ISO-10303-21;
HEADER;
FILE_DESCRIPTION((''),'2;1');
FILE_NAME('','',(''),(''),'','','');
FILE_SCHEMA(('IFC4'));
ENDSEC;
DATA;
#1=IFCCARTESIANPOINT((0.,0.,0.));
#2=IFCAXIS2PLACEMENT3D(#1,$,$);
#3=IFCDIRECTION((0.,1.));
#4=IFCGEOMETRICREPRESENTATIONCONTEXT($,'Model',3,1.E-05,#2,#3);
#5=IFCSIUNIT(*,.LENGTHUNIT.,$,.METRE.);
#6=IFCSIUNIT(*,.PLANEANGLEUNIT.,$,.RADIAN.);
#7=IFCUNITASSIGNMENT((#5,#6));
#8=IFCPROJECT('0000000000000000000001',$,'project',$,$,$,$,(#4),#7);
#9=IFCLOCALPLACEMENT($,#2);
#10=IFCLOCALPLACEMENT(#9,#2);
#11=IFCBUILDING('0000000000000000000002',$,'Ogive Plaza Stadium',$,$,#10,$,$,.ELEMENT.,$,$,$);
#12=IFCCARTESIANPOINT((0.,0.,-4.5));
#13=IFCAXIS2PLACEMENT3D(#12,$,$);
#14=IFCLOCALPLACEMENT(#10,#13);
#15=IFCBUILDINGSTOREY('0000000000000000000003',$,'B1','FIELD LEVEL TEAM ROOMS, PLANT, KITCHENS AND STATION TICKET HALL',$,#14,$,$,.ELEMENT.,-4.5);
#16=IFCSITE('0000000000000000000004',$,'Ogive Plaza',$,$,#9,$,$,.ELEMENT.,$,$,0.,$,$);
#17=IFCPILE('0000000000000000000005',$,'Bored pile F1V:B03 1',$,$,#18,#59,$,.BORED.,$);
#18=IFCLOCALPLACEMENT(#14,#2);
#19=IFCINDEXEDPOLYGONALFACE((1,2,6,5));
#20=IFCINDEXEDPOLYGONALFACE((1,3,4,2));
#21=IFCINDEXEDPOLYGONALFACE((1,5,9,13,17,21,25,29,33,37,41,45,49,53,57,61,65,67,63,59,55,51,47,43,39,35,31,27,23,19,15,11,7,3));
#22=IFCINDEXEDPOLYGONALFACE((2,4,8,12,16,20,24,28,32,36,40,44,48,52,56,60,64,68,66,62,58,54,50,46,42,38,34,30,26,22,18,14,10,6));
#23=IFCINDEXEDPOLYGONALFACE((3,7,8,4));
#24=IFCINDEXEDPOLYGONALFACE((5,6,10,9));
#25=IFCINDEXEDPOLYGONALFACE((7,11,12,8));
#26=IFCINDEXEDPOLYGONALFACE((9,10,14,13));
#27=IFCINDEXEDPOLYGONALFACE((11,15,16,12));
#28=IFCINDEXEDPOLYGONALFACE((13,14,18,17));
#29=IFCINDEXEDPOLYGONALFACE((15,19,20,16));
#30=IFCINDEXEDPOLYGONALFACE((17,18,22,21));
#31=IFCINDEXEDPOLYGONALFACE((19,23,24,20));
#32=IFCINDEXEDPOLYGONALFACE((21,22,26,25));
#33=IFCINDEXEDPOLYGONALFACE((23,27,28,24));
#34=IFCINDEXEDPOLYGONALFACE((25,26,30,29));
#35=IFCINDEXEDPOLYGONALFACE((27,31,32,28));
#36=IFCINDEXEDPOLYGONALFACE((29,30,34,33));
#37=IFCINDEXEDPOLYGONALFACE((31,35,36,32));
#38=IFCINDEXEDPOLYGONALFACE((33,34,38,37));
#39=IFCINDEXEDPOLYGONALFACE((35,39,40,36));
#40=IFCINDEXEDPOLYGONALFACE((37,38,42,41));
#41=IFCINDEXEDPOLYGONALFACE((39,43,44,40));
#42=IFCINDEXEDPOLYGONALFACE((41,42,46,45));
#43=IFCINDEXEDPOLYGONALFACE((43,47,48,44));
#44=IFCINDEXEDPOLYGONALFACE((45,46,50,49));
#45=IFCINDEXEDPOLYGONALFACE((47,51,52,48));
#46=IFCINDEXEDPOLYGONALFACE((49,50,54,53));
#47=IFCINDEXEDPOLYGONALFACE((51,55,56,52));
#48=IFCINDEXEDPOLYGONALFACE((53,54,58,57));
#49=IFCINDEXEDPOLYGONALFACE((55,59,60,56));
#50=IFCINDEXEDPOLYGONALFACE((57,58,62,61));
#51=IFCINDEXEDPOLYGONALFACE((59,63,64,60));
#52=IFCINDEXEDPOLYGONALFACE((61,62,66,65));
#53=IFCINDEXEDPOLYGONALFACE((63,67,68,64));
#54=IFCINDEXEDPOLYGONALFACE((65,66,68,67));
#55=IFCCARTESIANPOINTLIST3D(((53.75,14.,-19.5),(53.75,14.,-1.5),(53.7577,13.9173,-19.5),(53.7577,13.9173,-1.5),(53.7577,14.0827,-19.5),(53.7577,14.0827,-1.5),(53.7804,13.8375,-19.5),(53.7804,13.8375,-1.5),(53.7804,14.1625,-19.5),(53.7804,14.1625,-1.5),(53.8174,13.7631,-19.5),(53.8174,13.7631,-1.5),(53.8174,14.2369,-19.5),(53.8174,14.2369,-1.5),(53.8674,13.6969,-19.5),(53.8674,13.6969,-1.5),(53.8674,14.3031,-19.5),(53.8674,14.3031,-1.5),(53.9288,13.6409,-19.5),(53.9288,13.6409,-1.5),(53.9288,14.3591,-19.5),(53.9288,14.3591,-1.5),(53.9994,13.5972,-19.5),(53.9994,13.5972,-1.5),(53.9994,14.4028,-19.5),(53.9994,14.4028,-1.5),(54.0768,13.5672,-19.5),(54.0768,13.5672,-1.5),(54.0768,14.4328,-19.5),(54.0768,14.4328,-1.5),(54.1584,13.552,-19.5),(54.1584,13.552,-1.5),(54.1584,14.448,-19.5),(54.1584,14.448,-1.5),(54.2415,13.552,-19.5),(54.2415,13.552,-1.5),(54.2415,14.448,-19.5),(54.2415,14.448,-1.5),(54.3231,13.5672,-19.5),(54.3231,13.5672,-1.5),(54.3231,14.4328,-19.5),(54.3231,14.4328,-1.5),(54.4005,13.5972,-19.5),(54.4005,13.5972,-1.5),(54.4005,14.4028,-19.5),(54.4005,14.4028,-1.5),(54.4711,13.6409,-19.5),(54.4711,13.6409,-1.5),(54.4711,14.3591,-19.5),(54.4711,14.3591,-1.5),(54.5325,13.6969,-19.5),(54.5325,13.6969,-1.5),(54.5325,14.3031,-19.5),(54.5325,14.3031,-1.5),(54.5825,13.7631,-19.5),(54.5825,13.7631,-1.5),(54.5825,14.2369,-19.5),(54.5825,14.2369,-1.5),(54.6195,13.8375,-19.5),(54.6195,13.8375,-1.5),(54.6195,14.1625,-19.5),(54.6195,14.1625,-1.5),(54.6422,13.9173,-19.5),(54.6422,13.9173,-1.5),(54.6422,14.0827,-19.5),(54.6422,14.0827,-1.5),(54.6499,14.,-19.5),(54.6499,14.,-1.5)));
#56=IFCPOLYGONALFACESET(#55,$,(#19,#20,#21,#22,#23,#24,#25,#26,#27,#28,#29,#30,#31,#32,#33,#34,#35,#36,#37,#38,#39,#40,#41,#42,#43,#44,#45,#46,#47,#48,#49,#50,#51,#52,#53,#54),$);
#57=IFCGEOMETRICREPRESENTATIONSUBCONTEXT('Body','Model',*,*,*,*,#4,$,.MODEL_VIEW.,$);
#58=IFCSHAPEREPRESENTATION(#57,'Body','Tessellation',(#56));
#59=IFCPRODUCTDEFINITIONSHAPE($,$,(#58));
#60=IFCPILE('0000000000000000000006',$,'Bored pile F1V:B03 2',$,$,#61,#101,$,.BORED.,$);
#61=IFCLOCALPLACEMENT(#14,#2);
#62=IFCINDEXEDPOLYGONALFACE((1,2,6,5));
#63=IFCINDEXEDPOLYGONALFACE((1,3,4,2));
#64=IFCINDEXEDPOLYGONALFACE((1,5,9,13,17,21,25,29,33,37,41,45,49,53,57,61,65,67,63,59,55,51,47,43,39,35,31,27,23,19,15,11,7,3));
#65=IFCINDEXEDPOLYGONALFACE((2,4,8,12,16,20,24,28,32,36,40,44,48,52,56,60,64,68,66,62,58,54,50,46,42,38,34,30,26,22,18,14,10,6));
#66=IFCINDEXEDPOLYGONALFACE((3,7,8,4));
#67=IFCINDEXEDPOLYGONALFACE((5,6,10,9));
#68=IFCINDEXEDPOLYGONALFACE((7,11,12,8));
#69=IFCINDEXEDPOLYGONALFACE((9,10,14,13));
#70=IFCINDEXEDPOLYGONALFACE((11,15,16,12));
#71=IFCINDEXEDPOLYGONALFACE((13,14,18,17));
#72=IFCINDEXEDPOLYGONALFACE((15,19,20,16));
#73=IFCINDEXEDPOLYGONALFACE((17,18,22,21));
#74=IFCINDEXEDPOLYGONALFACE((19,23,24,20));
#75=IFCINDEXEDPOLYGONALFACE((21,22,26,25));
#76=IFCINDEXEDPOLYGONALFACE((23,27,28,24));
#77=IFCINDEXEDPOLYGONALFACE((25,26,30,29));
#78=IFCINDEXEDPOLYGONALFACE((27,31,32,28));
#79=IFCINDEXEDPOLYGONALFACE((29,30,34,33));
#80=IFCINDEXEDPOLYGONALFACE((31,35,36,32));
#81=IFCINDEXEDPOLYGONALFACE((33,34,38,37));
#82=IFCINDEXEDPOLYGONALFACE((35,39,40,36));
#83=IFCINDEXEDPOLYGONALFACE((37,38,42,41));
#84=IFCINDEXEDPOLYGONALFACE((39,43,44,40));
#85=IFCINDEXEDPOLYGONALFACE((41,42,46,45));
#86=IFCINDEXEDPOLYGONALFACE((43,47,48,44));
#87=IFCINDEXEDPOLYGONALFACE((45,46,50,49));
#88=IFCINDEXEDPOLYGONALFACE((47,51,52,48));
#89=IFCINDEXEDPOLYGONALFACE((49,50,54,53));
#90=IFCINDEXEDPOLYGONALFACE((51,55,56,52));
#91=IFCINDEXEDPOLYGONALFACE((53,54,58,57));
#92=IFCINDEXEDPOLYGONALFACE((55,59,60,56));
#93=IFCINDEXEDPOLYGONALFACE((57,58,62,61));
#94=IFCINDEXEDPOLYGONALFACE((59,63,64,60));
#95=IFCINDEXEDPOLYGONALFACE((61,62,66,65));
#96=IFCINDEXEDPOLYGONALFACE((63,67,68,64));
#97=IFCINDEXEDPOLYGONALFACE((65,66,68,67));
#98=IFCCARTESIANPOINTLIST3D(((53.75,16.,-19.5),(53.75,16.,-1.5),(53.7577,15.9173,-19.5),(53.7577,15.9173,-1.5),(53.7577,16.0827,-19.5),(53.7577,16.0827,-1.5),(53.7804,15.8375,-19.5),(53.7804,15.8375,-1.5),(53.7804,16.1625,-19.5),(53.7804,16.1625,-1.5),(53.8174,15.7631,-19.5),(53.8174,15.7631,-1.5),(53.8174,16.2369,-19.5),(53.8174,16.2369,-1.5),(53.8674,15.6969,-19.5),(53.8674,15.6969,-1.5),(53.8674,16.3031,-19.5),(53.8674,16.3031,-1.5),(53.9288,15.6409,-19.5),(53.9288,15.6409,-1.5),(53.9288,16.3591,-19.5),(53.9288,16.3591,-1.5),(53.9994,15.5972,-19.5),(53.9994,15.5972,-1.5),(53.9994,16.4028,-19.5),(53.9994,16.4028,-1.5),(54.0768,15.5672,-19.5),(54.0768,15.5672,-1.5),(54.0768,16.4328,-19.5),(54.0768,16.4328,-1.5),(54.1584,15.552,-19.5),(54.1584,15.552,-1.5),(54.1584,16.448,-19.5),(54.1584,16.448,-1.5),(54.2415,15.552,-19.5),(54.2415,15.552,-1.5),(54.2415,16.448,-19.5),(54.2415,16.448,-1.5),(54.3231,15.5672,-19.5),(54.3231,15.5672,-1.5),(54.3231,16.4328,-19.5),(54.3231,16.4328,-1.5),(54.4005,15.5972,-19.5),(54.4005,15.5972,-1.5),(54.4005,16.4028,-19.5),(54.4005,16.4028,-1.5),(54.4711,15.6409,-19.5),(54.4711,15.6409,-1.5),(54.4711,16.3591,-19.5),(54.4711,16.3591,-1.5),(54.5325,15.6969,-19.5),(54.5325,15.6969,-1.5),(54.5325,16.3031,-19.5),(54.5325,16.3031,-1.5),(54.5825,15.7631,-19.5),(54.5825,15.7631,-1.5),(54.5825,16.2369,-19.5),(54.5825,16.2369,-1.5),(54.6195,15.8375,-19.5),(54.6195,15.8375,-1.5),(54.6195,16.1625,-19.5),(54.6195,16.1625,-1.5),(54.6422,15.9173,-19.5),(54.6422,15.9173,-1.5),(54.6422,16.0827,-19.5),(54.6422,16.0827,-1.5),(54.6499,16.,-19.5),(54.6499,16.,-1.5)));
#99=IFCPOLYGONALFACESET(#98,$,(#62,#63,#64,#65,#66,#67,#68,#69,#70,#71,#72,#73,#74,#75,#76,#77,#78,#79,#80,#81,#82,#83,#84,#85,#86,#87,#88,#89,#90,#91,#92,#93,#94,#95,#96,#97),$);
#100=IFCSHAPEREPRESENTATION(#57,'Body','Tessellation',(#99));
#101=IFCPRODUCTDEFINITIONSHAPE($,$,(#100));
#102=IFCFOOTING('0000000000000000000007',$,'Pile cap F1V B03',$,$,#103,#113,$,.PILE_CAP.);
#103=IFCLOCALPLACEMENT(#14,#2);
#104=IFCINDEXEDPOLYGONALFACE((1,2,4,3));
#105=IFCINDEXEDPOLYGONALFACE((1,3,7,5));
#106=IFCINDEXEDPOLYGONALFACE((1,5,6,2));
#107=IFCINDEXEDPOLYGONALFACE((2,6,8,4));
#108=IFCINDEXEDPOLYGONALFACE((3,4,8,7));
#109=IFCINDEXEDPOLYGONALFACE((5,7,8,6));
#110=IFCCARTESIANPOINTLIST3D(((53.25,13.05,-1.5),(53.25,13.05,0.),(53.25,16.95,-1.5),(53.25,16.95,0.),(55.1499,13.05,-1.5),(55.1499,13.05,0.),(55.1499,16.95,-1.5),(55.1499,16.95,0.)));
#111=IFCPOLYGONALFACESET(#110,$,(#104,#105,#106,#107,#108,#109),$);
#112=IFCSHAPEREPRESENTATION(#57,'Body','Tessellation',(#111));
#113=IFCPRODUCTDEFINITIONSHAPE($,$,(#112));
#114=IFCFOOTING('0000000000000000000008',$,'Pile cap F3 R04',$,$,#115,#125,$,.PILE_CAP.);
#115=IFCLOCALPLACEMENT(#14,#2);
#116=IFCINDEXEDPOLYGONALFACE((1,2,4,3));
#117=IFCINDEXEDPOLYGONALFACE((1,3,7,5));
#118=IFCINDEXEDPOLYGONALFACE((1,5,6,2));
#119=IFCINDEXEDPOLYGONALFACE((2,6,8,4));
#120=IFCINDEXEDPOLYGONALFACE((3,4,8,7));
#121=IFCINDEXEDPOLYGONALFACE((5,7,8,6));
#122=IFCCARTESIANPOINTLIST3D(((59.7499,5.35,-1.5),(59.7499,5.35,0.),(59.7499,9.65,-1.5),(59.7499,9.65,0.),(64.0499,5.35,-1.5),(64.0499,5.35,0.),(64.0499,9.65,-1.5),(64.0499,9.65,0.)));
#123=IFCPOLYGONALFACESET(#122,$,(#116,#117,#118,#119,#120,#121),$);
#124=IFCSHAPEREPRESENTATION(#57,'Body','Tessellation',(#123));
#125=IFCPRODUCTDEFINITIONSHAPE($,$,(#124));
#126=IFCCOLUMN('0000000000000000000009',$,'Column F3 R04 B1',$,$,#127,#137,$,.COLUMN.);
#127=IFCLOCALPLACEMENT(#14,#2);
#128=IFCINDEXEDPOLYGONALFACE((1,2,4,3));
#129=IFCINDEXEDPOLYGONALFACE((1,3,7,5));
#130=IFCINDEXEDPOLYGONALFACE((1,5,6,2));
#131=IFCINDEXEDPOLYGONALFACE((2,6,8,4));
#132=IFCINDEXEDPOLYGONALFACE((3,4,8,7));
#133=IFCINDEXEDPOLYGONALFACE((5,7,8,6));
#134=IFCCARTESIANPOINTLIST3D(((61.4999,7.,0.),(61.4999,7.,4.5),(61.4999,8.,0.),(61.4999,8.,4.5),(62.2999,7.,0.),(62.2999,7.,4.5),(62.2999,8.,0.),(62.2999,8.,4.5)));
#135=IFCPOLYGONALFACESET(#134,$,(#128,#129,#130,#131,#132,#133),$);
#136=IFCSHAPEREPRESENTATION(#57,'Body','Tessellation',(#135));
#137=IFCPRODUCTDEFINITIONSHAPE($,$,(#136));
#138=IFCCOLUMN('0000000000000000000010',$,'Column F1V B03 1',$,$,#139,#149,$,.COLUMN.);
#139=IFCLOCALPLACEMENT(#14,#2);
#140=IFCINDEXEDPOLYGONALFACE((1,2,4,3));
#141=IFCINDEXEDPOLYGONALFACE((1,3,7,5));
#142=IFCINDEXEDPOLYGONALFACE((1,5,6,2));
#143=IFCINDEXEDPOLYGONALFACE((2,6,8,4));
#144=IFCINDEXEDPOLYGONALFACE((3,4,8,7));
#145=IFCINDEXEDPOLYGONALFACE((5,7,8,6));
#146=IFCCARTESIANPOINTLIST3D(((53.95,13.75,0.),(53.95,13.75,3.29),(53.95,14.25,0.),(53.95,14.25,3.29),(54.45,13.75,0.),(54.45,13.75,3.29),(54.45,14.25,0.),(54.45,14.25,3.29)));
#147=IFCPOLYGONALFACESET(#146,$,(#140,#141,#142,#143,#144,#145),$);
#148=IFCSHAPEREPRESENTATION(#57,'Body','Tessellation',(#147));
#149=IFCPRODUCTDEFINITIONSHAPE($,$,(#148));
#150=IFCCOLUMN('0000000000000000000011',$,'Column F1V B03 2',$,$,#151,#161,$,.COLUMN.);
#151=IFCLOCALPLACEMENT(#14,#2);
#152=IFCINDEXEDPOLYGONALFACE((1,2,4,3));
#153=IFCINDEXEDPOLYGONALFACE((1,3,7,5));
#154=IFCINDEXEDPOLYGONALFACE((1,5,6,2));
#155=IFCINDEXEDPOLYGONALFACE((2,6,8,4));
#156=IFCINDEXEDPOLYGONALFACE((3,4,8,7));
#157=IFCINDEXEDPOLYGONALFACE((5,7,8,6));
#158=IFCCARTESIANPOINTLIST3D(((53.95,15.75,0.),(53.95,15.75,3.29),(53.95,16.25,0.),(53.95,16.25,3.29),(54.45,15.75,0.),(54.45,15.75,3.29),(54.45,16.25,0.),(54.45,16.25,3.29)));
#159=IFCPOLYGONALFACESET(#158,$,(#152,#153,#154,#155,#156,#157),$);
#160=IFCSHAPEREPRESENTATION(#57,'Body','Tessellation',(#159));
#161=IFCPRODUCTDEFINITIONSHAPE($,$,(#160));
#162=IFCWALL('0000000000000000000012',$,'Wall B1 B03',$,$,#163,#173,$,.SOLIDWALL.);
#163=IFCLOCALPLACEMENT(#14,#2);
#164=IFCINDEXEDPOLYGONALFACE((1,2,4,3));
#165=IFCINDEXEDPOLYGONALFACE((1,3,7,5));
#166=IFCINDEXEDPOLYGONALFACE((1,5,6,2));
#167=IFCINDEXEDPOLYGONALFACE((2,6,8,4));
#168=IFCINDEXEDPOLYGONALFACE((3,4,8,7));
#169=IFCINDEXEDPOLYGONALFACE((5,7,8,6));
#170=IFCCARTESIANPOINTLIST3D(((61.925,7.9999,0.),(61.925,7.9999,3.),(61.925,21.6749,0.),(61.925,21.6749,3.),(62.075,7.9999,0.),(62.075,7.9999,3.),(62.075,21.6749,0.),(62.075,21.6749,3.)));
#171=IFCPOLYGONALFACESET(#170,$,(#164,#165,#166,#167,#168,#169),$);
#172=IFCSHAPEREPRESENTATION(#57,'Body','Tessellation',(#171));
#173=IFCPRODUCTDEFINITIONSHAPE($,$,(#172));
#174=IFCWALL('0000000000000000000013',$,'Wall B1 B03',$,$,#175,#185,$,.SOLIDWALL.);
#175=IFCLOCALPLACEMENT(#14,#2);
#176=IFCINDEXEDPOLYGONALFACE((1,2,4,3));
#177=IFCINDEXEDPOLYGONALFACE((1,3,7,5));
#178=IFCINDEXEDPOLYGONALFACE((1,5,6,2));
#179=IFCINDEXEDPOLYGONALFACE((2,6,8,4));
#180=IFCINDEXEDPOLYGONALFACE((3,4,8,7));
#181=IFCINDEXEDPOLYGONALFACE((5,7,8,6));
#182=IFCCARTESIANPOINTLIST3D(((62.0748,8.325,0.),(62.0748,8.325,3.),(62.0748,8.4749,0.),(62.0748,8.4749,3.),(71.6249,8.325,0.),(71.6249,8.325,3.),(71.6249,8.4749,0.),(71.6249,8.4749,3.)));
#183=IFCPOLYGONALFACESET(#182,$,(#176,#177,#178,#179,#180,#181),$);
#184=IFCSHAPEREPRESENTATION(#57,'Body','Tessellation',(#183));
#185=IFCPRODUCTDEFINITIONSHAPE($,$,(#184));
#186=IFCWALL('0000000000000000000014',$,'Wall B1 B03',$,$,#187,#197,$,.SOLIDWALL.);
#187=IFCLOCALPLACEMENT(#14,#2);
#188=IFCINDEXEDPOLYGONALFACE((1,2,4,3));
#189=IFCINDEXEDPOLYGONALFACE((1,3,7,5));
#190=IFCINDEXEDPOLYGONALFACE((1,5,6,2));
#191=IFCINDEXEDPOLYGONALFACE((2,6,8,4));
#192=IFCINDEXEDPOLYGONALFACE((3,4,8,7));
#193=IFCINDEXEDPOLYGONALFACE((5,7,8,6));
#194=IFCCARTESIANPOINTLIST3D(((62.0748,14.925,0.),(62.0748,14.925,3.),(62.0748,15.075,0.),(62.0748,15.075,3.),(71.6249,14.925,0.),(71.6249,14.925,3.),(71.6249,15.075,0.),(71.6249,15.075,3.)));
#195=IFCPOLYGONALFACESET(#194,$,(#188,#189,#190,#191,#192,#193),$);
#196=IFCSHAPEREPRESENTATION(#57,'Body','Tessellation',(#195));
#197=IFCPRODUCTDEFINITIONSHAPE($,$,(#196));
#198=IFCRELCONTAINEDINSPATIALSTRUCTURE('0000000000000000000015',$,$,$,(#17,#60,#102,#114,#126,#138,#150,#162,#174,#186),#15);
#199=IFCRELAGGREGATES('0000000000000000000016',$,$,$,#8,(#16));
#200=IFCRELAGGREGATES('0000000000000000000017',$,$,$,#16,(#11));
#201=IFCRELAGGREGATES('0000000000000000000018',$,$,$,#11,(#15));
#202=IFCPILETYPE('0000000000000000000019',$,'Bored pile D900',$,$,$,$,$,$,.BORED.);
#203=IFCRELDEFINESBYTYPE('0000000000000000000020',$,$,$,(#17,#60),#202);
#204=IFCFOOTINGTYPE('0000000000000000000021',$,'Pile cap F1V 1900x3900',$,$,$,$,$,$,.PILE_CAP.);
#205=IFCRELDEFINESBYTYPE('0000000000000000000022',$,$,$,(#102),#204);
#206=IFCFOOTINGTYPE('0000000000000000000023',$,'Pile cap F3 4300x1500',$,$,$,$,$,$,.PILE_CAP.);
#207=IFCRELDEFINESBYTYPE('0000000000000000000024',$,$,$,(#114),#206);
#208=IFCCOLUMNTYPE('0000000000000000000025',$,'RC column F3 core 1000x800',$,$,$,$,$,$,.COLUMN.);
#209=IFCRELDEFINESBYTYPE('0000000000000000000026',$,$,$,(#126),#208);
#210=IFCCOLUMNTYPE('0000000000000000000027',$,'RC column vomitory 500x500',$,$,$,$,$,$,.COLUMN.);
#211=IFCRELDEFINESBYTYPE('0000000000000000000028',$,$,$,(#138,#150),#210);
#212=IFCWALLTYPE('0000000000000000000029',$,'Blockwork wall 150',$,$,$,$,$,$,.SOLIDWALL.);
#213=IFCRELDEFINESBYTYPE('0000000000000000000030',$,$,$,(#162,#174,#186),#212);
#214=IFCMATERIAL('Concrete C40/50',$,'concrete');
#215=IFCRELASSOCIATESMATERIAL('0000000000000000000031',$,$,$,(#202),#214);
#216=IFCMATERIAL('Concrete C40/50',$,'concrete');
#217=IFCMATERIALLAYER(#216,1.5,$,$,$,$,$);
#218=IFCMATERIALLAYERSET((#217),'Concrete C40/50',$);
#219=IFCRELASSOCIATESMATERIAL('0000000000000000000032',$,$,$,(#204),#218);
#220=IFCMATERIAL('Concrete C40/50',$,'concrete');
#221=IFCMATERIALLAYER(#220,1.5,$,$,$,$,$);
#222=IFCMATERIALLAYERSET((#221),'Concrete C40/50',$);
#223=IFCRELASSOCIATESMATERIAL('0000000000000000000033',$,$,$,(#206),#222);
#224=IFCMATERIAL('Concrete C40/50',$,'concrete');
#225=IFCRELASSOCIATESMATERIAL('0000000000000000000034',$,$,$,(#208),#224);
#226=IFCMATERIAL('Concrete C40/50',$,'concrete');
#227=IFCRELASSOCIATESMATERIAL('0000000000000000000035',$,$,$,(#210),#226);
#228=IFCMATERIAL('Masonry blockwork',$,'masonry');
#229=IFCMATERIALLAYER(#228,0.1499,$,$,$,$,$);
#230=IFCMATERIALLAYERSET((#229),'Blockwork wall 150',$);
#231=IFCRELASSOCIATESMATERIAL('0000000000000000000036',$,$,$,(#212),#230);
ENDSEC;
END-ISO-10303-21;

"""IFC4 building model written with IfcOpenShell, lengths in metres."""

from ifc_helpers import new_model, si_unit, direction, frame, frame_2d, origin, origin_2d, place, context, subcontext, project, spatial, rectangle, circle, extrude, material, layer, layer_set, material_profile, profile_set, type_object, element, save


model = new_model("IFC4")

# Units and contexts
model_context = context("Model", 3, precision=1e-05, world=origin(), true_north=direction((0.0, 1.0)))
body_context = subcontext(model_context, "Body", "Model", "MODEL_VIEW")
ifc_project = project(units=[si_unit("LENGTHUNIT", "METRE"), si_unit("PLANEANGLEUNIT", "RADIAN")], contexts=[model_context])

# Site, building, storey
site_placement = place(None, origin())
site = spatial("IfcSite", under=ifc_project, at=site_placement, Name="Ogive Plaza", CompositionType="ELEMENT", RefElevation=0.0)
building_placement = place(site_placement, origin())
building = spatial("IfcBuilding", under=site, at=building_placement, Name="Ogive Plaza Stadium", CompositionType="ELEMENT")
storey_placement = place(building_placement, frame((0.0, 0.0, -4.5)))
storey = spatial("IfcBuildingStorey", under=building, at=storey_placement, Name="B1", Description="FIELD LEVEL TEAM ROOMS, PLANT, KITCHENS AND STATION TICKET HALL", CompositionType="ELEMENT", Elevation=-4.5)

# Piles
ifc_material_1 = material(Name="Concrete C40/50", Category="concrete")
ifc_material_profile_1 = material_profile(ifc_material_1, circle(Radius=0.45, at=origin_2d()), Name="RC D900")
ifc_profile_set_1 = profile_set([ifc_material_profile_1], Name="Concrete C40/50")
pile_type_1 = type_object("IfcPileType", Name="Bored pile D900", PredefinedType="BORED", material=ifc_profile_set_1)
for number, where, z_axis, x_axis, name in (
    (1, (54.2, 14.0, -1.5), (0.0, 0.0, -1.0), (1.0, 0.0, 0.0), "Bored pile F1V:B03 1"),
    (2, (54.2, 16.0, -1.5), (0.0, 0.0, -1.0), (1.0, 0.0, 0.0), "Bored pile F1V:B03 2"),
):
    element("IfcPile", number, at=place(storey_placement, frame(where, z_axis=z_axis, x_axis=x_axis)), inside=storey, type_object=pile_type_1, Name=name, PredefinedType="BORED", context=body_context, shape_type="SweptSolid", body=[
        extrude(circle(Radius=0.45, at=origin_2d()), origin(), (0.0, 0.0, 1.0), 18.0),
    ])

# Footings
ifc_material_2 = material(Name="Concrete C40/50", Category="concrete")
ifc_layer_1 = layer(ifc_material_2, 1.5)
ifc_layer_set_1 = layer_set([ifc_layer_1], Name="Concrete C40/50")
footing_type_1 = type_object("IfcFootingType", Name="Pile cap F1V 1900x3900", PredefinedType="PILE_CAP", material=ifc_layer_set_1)
footing_1_placement = place(storey_placement, frame((54.2, 15.0, -1.5), z_axis=(0.0, 0.0, 1.0), x_axis=(1.0, 0.0, 0.0)))
element("IfcFooting", 3, at=footing_1_placement, inside=storey, type_object=footing_type_1, Name="Pile cap F1V B03", PredefinedType="PILE_CAP", context=body_context, shape_type="SweptSolid", body=[
    extrude(rectangle(XDim=1.8999, YDim=3.8999, at=origin_2d()), origin(), (0.0, 0.0, 1.0), 1.5),
])
ifc_material_3 = material(Name="Concrete C40/50", Category="concrete")
ifc_layer_2 = layer(ifc_material_3, 1.5)
ifc_layer_set_2 = layer_set([ifc_layer_2], Name="Concrete C40/50")
footing_type_2 = type_object("IfcFootingType", Name="Pile cap F3 4300x1500", PredefinedType="PILE_CAP", material=ifc_layer_set_2)
footing_2_placement = place(storey_placement, frame((61.8999, 7.5, -1.5), z_axis=(0.0, 0.0, 1.0), x_axis=(1.0, 0.0, 0.0)))
element("IfcFooting", 4, at=footing_2_placement, inside=storey, type_object=footing_type_2, Name="Pile cap F3 R04", PredefinedType="PILE_CAP", context=body_context, shape_type="SweptSolid", body=[
    extrude(rectangle(XDim=4.3, YDim=4.3, at=origin_2d()), origin(), (0.0, 0.0, 1.0), 1.5),
])

# Columns
ifc_material_4 = material(Name="Concrete C40/50", Category="concrete")
ifc_material_profile_2 = material_profile(ifc_material_4, rectangle(XDim=1.0, YDim=0.8, at=origin_2d()), Name="RC 1000x800")
ifc_profile_set_2 = profile_set([ifc_material_profile_2], Name="Concrete C40/50")
column_type_1 = type_object("IfcColumnType", Name="RC column F3 core 1000x800", PredefinedType="COLUMN", material=ifc_profile_set_2)
column_placement = place(storey_placement, frame((61.8999, 7.5, 0.0), z_axis=(0.0, 0.0, 1.0), x_axis=(0.0, 1.0, 0.0)))
element("IfcColumn", 5, at=column_placement, inside=storey, type_object=column_type_1, Name="Column F3 R04 B1", PredefinedType="COLUMN", context=body_context, shape_type="SweptSolid", body=[
    extrude(rectangle(XDim=1.0, YDim=0.8, at=origin_2d()), origin(), (0.0, 0.0, 1.0), 4.5),
])
ifc_material_5 = material(Name="Concrete C40/50", Category="concrete")
ifc_material_profile_3 = material_profile(ifc_material_5, rectangle(XDim=0.5, YDim=0.5, at=origin_2d()), Name="RC 500x500")
ifc_profile_set_3 = profile_set([ifc_material_profile_3], Name="Concrete C40/50")
column_type_2 = type_object("IfcColumnType", Name="RC column vomitory 500x500", PredefinedType="COLUMN", material=ifc_profile_set_3)
for number, where, z_axis, x_axis, name in (
    (6, (54.2, 14.0, 0.0), (0.0, 0.0, 1.0), (0.0, 1.0, 0.0), "Column F1V B03 1"),
    (7, (54.2, 16.0, 0.0), (0.0, 0.0, 1.0), (0.0, 1.0, 0.0), "Column F1V B03 2"),
):
    element("IfcColumn", number, at=place(storey_placement, frame(where, z_axis=z_axis, x_axis=x_axis)), inside=storey, type_object=column_type_2, Name=name, PredefinedType="COLUMN", context=body_context, shape_type="SweptSolid", body=[
        extrude(rectangle(XDim=0.5, YDim=0.5, at=origin_2d()), origin(), (0.0, 0.0, 1.0), 3.29),
    ])

# Walls
ifc_material_6 = material(Name="Masonry blockwork", Category="masonry")
ifc_layer_3 = layer(ifc_material_6, 0.1499)
ifc_layer_set_3 = layer_set([ifc_layer_3], Name="Blockwork wall 150")
wall_type = type_object("IfcWallType", Name="Blockwork wall 150", PredefinedType="SOLIDWALL", material=ifc_layer_set_3)
wall_1_placement = place(storey_placement, frame((62.0, 8.0, 0.0), z_axis=(0.0, 0.0, 1.0), x_axis=(0.0, 1.0, 0.0)))
element("IfcWall", 8, at=wall_1_placement, inside=storey, type_object=wall_type, Name="Wall B1 B03", PredefinedType="SOLIDWALL", context=body_context, shape_type="SweptSolid", body=[
    extrude(rectangle(XDim=13.675, YDim=0.1499, at=frame_2d((6.8374, 0.0))), origin(), (0.0, 0.0, 1.0), 3.0),
])
for number, where, z_axis, x_axis, name in (
    (9, (62.075, 8.3999, 0.0), (0.0, 0.0, 1.0), (1.0, 0.0, 0.0), "Wall B1 B03"),
    (10, (62.075, 15.0, 0.0), (0.0, 0.0, 1.0), (1.0, 0.0, 0.0), "Wall B1 B03"),
):
    element("IfcWall", number, at=place(storey_placement, frame(where, z_axis=z_axis, x_axis=x_axis)), inside=storey, type_object=wall_type, Name=name, PredefinedType="SOLIDWALL", context=body_context, shape_type="SweptSolid", body=[
        extrude(rectangle(XDim=9.55, YDim=0.1499, at=frame_2d((4.7749, 0.0))), origin(), (0.0, 0.0, 1.0), 3.0),
    ])

save(model, "model.ifc")
